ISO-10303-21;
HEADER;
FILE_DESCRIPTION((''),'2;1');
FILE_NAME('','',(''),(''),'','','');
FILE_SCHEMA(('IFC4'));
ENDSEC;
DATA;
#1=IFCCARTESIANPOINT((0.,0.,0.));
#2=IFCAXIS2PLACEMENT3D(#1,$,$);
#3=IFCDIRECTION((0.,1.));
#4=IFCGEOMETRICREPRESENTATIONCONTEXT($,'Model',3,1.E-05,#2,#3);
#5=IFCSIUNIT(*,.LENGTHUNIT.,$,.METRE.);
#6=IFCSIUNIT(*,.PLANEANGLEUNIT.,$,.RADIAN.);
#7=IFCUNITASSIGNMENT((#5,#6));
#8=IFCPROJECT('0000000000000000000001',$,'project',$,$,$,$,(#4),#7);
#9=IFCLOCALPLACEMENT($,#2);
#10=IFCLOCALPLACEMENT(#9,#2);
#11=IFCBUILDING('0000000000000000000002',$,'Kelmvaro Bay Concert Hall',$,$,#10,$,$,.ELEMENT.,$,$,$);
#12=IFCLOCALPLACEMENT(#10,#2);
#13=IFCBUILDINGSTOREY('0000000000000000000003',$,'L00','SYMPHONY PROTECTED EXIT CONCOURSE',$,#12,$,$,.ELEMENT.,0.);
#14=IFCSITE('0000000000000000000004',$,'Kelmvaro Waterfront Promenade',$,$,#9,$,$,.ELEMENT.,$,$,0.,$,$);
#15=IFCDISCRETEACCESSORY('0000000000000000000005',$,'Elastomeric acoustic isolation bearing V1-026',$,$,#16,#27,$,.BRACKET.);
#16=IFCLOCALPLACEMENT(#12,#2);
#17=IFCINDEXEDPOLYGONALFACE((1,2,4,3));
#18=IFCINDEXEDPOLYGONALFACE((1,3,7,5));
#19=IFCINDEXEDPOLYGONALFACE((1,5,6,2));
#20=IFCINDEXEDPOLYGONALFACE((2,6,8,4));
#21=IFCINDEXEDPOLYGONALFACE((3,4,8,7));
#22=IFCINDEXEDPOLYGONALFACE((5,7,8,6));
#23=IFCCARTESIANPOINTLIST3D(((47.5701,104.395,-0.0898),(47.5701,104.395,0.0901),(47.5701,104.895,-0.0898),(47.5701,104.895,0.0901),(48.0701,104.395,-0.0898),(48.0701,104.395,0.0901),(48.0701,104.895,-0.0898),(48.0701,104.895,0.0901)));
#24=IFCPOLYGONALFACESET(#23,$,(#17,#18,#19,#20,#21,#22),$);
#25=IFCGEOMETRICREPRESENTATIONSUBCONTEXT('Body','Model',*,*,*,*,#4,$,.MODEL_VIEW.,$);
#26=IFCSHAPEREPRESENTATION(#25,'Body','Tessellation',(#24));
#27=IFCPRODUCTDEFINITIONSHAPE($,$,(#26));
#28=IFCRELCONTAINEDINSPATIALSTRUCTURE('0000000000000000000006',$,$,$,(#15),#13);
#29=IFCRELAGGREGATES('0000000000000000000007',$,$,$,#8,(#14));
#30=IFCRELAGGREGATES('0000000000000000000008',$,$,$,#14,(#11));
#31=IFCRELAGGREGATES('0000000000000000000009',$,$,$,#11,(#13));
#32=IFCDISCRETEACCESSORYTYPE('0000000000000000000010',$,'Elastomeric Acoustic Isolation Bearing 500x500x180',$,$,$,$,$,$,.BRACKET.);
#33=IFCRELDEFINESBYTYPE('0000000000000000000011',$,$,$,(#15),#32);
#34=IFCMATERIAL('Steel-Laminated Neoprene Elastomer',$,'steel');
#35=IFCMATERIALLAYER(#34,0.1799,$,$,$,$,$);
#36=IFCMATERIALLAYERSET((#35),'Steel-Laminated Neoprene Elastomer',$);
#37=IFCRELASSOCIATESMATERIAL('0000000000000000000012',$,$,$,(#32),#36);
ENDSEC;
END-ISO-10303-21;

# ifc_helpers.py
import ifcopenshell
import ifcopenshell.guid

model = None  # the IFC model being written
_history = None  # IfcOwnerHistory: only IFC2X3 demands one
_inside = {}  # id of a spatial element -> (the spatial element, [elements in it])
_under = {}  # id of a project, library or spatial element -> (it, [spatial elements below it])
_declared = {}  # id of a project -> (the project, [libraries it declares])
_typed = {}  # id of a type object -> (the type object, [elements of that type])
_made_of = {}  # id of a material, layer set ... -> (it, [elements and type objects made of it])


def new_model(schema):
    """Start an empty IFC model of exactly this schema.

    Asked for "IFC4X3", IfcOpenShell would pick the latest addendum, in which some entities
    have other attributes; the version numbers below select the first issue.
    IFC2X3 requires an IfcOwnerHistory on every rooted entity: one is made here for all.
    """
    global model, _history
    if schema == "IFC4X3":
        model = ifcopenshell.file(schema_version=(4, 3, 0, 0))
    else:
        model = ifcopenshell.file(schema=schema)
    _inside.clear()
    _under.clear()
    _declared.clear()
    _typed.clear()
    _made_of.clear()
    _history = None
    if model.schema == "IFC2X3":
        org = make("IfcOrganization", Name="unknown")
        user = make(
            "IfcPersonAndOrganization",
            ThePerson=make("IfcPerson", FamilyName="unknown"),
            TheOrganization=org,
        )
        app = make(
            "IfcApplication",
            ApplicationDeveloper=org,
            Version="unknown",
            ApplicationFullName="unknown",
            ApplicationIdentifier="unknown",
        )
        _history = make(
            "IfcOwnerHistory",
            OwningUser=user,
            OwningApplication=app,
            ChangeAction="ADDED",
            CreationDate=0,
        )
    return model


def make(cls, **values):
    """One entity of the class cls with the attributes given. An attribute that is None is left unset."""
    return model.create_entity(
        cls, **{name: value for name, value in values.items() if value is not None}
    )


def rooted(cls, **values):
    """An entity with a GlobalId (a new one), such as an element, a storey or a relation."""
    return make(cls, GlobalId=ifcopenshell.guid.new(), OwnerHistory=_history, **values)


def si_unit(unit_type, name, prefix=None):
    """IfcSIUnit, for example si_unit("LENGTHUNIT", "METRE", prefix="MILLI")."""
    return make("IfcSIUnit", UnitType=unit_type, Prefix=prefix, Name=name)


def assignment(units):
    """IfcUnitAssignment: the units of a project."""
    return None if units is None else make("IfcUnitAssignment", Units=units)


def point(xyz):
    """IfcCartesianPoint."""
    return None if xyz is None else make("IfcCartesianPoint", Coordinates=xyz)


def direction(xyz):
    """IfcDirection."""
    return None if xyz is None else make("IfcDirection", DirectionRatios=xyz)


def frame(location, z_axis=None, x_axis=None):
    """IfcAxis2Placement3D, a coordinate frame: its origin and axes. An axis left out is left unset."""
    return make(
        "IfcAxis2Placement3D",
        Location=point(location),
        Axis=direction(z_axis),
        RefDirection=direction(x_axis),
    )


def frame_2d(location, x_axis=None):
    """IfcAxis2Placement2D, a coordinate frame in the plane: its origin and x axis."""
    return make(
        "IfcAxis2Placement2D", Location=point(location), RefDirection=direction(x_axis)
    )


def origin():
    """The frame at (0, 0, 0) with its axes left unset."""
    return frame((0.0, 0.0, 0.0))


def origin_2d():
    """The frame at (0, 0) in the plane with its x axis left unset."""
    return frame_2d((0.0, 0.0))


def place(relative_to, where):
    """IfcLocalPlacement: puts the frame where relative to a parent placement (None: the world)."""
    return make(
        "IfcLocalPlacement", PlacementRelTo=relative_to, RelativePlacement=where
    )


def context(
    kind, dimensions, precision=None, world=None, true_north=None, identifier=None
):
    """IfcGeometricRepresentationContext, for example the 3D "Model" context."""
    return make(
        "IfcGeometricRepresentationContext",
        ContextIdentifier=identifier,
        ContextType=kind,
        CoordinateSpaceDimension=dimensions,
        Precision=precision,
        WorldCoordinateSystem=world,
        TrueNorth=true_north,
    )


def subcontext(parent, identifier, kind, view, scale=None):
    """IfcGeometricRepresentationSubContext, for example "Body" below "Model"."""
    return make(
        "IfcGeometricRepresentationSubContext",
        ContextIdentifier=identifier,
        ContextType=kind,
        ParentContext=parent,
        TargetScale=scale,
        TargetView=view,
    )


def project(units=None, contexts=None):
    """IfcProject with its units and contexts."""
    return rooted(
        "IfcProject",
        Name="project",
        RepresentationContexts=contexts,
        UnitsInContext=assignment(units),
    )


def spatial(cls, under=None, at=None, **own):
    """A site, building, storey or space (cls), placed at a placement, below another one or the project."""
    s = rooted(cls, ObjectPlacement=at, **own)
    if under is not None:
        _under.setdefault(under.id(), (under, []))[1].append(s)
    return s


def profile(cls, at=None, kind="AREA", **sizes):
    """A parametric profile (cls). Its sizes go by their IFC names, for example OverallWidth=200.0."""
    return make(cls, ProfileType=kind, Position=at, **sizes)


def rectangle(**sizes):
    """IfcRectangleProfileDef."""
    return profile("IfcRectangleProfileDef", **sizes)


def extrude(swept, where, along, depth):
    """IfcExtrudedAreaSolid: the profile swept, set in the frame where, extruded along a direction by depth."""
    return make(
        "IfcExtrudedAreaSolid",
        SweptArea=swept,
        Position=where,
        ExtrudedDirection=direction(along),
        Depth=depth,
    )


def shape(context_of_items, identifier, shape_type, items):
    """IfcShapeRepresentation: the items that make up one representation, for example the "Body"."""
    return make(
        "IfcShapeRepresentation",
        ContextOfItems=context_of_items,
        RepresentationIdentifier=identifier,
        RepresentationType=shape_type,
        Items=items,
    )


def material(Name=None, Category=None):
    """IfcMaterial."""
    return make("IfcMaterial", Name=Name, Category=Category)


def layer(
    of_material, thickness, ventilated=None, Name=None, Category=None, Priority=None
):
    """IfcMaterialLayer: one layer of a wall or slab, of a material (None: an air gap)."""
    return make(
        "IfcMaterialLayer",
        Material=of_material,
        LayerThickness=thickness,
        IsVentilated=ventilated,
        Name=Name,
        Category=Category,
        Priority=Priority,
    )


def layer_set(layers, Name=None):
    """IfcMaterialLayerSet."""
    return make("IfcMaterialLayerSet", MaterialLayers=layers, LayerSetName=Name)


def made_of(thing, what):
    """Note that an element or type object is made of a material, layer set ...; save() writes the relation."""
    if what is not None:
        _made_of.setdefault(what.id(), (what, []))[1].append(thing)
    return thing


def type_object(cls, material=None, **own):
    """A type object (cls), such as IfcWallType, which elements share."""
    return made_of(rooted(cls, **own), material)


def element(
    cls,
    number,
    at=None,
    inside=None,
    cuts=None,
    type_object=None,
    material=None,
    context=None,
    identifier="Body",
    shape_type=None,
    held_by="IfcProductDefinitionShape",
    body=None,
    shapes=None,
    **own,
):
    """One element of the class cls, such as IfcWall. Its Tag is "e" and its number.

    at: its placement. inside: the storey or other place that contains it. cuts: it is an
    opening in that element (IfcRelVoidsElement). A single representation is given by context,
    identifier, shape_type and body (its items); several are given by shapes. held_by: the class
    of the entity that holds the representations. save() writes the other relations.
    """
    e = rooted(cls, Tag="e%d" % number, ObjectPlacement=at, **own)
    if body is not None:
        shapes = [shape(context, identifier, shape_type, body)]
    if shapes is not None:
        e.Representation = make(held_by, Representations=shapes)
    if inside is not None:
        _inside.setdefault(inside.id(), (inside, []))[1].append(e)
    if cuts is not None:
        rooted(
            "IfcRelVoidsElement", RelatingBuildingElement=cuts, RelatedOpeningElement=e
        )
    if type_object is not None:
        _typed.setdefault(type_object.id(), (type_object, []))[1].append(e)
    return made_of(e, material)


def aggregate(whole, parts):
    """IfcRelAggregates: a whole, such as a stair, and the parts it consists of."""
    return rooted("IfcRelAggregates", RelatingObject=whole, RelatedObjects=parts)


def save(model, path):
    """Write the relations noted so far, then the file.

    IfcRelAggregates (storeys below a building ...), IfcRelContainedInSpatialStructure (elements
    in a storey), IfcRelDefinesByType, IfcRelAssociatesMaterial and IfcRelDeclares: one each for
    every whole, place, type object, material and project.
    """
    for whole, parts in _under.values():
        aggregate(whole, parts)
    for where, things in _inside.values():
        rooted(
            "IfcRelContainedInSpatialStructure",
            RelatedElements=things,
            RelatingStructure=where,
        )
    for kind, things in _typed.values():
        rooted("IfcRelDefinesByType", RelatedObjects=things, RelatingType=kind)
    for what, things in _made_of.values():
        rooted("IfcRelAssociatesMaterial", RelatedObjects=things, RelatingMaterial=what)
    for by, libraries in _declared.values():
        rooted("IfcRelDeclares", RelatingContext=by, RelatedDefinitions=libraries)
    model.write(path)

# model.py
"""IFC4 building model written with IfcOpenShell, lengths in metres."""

from ifc_helpers import new_model, si_unit, direction, frame, origin, origin_2d, place, context, subcontext, project, spatial, rectangle, extrude, material, layer, layer_set, type_object, element, save


model = new_model("IFC4")

# Units and contexts
model_context = context("Model", 3, precision=1e-05, world=origin(), true_north=direction((0.0, 1.0)))
body_context = subcontext(model_context, "Body", "Model", "MODEL_VIEW")
ifc_project = project(units=[si_unit("LENGTHUNIT", "METRE"), si_unit("PLANEANGLEUNIT", "RADIAN")], contexts=[model_context])

# Site, building, storey
site_placement = place(None, origin())
site = spatial("IfcSite", under=ifc_project, at=site_placement, Name="Kelmvaro Waterfront Promenade", CompositionType="ELEMENT", RefElevation=0.0)
building_placement = place(site_placement, origin())
building = spatial("IfcBuilding", under=site, at=building_placement, Name="Kelmvaro Bay Concert Hall", CompositionType="ELEMENT")
storey_placement = place(building_placement, origin())
storey = spatial("IfcBuildingStorey", under=building, at=storey_placement, Name="L00", Description="SYMPHONY PROTECTED EXIT CONCOURSE", CompositionType="ELEMENT", Elevation=0.0)

# Discrete accessory
ifc_material_1 = material(Name="Steel-Laminated Neoprene Elastomer", Category="steel")
ifc_layer_1 = layer(ifc_material_1, 0.1799)
ifc_layer_set_1 = layer_set([ifc_layer_1], Name="Steel-Laminated Neoprene Elastomer")
discrete_accessory_type = type_object("IfcDiscreteAccessoryType", Name="Elastomeric Acoustic Isolation Bearing 500x500x180", PredefinedType="BRACKET", material=ifc_layer_set_1)
for number, where, z_axis, x_axis, name in (
    (1, (47.8201, 104.645, -0.0898), (0.0, 0.0, 1.0), (1.0, 0.0, 0.0), "Elastomeric acoustic isolation bearing V1-026"),
):
    element("IfcDiscreteAccessory", number, at=place(storey_placement, frame(where, z_axis=z_axis, x_axis=x_axis)), inside=storey, type_object=discrete_accessory_type, Name=name, PredefinedType="BRACKET", context=body_context, shape_type="SweptSolid", body=[
        extrude(rectangle(XDim=0.5, YDim=0.5, at=origin_2d()), origin(), (0.0, 0.0, 1.0), 0.1799),
    ])

save(model, "model.ifc")
